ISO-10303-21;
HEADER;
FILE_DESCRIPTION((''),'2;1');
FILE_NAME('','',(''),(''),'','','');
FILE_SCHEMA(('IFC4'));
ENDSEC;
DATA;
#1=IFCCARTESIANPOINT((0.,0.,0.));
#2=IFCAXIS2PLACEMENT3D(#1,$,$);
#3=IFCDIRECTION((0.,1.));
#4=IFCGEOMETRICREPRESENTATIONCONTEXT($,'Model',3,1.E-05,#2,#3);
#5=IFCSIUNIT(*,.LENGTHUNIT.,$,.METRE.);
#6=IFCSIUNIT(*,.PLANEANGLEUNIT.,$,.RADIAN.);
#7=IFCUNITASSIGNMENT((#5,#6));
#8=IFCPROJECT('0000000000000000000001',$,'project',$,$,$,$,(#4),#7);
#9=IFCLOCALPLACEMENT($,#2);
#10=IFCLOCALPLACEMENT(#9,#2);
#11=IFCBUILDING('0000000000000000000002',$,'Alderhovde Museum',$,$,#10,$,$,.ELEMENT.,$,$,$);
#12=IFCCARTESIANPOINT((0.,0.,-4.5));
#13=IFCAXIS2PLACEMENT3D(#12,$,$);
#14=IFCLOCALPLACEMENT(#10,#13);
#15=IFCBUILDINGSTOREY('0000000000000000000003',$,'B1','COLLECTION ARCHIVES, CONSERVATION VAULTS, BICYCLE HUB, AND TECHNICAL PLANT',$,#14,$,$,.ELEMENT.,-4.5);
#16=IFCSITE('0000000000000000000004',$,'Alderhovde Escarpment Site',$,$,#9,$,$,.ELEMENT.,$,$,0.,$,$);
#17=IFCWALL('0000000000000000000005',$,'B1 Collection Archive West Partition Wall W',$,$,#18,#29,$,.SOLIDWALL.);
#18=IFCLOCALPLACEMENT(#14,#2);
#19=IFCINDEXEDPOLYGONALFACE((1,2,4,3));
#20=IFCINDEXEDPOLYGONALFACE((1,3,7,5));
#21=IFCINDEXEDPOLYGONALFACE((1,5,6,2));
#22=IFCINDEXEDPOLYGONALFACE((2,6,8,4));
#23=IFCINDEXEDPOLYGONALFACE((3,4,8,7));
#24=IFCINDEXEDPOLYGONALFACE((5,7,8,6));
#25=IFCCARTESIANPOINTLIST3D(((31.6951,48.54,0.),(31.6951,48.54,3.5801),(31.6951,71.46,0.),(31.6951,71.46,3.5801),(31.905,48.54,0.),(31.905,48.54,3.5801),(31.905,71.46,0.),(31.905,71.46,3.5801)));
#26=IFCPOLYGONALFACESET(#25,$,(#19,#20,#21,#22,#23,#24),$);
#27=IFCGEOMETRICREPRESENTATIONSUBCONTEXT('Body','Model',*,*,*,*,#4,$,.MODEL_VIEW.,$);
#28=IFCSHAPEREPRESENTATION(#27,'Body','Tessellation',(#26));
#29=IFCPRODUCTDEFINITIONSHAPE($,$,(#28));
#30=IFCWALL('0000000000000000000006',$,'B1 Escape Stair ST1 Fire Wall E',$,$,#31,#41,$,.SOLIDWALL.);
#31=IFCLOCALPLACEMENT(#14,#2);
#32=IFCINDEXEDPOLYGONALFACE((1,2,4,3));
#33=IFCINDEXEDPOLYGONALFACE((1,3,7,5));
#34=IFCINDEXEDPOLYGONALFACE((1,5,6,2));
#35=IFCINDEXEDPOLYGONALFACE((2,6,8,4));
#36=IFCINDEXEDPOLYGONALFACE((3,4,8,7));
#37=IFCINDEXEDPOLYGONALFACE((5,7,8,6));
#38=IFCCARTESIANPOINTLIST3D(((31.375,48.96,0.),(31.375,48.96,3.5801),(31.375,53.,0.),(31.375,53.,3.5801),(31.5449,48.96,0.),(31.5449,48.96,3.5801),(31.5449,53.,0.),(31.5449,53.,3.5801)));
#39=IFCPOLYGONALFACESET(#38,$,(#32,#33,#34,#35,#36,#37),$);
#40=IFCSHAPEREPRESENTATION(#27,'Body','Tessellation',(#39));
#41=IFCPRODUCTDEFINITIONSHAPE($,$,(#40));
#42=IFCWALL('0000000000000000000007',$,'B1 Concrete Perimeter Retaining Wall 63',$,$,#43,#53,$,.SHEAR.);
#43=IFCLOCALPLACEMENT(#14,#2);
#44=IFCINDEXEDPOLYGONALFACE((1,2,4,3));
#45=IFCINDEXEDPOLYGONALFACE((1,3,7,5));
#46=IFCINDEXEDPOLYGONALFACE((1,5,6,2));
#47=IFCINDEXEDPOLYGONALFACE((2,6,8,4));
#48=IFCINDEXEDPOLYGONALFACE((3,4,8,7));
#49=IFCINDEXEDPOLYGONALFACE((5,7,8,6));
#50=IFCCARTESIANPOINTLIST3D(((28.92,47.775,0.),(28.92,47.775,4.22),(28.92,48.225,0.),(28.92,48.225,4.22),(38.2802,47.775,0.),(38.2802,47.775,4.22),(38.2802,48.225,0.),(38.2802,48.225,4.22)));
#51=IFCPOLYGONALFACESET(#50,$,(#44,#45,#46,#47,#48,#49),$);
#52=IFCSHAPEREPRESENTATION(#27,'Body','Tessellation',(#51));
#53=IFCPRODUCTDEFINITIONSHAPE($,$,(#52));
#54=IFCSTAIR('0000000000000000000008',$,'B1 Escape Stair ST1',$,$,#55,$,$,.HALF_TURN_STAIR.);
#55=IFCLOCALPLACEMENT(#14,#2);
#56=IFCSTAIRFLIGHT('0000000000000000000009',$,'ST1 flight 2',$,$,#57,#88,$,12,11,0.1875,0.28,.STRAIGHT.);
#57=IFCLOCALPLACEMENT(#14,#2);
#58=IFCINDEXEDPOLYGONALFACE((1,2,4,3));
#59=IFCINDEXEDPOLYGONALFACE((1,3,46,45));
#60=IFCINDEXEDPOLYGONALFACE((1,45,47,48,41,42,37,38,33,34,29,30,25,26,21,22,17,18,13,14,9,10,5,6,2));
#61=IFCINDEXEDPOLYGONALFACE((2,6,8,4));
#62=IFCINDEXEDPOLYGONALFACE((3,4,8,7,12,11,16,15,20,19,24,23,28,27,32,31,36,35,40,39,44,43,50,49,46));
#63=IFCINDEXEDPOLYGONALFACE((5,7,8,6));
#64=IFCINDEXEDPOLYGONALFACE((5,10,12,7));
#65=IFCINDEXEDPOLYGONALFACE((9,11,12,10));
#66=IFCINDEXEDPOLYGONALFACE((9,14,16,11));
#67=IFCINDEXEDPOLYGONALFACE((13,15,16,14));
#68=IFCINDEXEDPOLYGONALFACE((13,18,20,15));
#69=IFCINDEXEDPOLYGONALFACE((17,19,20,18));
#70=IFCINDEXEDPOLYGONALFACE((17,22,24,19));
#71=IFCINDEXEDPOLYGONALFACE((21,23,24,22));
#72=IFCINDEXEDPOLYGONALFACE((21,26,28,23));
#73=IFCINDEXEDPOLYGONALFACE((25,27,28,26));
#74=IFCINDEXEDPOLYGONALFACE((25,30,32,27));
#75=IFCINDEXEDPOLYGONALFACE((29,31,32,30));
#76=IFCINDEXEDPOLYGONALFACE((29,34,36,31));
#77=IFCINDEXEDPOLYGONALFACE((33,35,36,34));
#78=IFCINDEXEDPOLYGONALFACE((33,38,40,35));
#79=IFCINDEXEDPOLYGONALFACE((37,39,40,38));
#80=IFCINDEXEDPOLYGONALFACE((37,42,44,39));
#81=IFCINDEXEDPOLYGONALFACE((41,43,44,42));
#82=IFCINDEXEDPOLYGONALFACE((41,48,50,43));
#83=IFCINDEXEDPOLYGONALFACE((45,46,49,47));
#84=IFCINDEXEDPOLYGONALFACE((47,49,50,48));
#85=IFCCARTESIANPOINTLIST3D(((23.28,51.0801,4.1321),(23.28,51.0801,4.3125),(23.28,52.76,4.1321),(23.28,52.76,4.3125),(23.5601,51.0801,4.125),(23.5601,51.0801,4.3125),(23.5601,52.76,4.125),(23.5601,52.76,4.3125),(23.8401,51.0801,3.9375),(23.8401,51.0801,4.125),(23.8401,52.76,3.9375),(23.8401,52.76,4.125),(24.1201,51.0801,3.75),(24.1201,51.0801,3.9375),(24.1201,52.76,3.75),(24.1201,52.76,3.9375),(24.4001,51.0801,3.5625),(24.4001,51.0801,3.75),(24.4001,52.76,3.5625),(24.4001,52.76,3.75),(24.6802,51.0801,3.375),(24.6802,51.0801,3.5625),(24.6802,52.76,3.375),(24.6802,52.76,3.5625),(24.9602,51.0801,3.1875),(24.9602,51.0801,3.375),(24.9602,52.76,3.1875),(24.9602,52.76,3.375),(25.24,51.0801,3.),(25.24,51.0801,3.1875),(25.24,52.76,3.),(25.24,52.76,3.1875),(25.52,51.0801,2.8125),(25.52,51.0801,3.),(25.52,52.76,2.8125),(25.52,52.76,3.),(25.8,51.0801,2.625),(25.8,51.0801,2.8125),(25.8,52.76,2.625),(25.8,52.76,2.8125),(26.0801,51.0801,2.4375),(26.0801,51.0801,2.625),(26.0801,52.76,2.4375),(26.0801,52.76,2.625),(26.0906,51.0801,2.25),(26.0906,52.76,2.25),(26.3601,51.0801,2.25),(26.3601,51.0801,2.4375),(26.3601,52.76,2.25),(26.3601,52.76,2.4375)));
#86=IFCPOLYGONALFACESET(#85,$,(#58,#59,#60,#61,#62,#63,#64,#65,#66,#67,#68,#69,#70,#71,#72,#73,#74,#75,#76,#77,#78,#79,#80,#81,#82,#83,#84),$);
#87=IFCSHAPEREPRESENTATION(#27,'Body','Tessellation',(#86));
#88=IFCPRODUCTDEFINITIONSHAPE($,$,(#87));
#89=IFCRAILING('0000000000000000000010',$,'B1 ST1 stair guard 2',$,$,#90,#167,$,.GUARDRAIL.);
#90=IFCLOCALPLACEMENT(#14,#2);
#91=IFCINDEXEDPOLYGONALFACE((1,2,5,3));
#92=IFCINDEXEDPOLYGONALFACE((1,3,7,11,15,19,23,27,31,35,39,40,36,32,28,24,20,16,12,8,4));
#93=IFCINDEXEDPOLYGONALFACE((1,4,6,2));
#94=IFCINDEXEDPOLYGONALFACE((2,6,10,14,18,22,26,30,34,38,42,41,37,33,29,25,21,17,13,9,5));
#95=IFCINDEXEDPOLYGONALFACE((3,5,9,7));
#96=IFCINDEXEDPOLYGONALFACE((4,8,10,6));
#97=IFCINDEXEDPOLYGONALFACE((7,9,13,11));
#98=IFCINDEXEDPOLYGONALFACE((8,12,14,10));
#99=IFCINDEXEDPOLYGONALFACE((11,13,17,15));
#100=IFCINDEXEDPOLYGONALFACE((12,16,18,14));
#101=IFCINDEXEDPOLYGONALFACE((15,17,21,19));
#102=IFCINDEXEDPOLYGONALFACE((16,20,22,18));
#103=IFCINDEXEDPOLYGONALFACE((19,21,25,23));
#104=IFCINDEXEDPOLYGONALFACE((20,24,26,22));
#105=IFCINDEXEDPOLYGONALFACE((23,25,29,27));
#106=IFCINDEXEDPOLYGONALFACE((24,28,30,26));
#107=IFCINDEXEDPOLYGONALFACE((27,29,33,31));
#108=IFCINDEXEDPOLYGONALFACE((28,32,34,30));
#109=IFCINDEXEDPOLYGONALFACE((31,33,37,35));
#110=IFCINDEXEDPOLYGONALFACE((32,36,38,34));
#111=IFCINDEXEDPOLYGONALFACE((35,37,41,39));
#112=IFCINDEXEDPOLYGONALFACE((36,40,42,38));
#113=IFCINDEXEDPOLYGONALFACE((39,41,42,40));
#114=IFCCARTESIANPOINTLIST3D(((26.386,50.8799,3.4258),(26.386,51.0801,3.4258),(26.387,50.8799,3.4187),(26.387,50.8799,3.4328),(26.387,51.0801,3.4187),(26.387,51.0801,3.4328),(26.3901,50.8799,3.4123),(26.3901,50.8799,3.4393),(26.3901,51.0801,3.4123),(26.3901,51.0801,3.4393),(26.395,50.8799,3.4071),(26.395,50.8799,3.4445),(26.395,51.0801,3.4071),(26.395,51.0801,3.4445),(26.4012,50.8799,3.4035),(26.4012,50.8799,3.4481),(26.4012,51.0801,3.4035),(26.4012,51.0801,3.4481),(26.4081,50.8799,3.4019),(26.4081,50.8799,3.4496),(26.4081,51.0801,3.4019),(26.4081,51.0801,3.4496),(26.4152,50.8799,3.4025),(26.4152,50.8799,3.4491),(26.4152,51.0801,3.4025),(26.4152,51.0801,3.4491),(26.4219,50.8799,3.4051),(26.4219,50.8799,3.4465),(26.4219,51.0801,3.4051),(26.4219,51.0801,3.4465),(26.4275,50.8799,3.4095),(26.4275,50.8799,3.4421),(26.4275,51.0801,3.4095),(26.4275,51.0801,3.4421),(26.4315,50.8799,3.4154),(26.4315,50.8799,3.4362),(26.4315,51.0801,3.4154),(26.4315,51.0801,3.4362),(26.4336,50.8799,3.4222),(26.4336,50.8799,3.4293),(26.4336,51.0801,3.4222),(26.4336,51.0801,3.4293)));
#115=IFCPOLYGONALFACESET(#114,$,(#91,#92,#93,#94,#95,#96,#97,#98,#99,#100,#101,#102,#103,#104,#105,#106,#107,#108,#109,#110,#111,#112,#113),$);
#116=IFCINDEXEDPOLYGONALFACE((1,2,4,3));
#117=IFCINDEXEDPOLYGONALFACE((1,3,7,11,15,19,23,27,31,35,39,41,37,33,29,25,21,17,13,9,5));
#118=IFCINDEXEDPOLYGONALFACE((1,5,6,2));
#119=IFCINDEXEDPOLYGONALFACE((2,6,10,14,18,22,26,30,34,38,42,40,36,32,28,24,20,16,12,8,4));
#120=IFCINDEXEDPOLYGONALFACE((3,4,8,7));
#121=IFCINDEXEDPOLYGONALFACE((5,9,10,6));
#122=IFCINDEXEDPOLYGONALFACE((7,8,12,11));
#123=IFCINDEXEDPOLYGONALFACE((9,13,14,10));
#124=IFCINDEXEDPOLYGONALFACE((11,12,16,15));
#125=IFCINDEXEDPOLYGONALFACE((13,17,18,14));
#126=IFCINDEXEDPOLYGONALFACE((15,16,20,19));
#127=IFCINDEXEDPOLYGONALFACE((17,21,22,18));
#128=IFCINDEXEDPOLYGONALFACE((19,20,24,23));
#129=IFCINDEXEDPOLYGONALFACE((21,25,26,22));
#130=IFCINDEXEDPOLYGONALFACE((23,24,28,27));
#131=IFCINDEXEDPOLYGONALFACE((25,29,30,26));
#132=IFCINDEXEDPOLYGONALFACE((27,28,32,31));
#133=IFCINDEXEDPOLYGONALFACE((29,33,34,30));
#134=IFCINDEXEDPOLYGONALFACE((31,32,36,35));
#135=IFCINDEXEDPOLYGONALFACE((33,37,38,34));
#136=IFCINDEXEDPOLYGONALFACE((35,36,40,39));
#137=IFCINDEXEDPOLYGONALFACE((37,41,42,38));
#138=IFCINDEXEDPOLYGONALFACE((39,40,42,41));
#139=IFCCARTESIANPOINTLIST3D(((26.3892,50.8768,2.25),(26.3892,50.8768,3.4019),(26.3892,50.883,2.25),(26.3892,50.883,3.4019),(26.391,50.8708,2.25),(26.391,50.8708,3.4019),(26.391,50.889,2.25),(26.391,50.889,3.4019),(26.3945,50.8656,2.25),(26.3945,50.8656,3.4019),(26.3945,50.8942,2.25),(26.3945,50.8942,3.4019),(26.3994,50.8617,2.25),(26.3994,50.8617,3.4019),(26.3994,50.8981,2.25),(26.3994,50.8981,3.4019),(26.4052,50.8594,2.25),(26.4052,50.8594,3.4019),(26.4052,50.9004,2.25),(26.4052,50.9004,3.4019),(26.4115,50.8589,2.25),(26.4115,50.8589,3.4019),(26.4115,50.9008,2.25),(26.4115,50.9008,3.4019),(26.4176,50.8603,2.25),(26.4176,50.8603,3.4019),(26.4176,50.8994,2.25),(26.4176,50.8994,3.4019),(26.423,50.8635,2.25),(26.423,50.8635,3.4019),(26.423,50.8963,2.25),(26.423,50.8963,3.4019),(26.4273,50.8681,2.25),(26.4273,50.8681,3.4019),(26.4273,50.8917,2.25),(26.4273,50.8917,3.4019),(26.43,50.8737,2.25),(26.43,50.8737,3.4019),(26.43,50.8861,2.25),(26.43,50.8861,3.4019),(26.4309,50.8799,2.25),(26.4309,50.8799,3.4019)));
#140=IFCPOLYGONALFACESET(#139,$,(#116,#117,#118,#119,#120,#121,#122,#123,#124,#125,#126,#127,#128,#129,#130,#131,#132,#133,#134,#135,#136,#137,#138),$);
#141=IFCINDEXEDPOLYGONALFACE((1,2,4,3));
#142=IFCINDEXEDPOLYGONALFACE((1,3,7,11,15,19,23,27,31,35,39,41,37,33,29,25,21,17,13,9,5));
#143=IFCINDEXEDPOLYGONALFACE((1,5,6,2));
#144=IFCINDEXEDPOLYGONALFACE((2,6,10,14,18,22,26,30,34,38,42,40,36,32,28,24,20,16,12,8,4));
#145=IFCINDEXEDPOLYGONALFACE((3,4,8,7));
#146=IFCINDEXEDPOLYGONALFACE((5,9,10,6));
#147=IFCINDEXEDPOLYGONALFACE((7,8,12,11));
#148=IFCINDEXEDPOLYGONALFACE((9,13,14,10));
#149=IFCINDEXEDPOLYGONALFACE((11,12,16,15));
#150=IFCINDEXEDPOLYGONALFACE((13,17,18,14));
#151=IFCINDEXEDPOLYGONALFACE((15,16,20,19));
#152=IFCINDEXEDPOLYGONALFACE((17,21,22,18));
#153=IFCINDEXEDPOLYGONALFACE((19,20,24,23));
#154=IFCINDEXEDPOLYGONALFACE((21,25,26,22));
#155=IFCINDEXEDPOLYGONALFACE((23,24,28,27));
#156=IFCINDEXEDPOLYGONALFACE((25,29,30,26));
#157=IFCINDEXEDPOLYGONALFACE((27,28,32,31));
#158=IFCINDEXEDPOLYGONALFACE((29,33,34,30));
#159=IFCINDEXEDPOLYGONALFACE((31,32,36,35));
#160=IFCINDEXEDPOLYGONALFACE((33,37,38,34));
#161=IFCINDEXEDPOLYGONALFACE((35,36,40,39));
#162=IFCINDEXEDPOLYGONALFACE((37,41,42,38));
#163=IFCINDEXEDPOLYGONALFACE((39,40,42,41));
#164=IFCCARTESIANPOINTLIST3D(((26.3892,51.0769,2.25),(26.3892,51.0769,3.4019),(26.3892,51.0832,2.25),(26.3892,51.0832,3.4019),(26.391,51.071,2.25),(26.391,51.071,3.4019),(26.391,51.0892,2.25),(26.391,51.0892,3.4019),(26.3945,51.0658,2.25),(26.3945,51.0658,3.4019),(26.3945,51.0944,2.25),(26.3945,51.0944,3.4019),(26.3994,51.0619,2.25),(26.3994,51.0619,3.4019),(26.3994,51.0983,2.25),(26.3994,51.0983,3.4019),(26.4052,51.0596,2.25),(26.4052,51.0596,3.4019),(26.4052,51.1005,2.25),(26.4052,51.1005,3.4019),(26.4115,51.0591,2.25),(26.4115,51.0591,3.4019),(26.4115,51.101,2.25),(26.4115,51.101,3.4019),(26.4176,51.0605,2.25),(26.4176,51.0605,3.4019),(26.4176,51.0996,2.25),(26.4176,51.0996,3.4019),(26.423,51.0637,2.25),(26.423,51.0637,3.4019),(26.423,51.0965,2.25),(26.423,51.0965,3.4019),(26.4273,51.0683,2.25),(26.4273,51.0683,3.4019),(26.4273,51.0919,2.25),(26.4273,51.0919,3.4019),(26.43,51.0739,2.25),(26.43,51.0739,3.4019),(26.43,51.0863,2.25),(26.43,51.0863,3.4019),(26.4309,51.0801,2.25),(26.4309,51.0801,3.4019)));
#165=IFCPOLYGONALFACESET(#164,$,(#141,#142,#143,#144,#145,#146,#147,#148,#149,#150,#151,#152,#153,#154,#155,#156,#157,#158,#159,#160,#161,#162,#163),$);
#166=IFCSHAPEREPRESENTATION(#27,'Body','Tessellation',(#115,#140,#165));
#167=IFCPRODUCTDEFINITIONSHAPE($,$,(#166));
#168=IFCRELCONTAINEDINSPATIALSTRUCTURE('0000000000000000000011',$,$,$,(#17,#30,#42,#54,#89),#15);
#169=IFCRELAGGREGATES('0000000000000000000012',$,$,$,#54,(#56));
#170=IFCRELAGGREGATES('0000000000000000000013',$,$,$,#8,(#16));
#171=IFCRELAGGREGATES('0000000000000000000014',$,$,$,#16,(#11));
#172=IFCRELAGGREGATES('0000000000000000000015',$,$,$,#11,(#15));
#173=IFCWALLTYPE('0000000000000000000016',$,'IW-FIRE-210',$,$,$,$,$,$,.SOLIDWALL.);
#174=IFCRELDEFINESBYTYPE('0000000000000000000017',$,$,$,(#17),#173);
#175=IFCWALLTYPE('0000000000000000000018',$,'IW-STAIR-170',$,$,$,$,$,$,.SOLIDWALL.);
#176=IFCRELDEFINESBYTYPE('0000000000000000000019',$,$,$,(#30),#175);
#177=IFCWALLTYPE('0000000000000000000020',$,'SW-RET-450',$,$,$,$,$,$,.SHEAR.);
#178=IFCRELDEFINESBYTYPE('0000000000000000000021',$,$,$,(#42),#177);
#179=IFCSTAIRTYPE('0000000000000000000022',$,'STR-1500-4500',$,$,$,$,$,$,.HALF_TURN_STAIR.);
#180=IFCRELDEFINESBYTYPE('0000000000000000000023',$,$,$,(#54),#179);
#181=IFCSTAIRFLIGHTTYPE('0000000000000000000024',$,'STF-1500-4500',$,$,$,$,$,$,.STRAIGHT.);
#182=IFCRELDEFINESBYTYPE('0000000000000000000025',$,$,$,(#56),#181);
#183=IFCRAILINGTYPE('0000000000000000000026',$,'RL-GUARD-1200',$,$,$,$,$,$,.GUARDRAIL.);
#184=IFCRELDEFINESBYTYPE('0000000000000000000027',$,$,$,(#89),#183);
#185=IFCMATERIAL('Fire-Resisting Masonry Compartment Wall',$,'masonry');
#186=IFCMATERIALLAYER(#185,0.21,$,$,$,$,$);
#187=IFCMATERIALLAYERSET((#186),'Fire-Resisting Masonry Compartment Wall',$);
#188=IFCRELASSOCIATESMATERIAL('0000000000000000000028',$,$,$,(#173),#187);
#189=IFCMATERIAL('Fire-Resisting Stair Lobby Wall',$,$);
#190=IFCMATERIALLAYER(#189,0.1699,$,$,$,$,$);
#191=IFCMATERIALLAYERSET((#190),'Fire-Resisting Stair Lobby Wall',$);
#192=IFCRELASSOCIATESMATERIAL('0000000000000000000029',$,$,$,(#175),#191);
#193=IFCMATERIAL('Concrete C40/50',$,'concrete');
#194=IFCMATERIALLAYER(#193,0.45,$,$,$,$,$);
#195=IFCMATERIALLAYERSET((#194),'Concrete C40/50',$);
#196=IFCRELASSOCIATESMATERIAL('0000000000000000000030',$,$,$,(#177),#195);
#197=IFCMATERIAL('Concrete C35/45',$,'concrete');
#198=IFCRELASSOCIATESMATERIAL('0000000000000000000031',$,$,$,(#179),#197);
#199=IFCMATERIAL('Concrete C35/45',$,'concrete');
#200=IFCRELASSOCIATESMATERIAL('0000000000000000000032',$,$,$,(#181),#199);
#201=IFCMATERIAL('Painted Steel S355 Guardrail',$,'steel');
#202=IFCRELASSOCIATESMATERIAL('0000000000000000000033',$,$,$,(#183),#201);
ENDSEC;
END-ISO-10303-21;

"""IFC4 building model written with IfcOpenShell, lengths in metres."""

from ifc_helpers import new_model, si_unit, direction, frame, frame_2d, origin, origin_2d, place, context, subcontext, project, spatial, polyline, rectangle, circle, outline, extrude, material, layer, layer_set, type_object, element, aggregate, save


model = new_model("IFC4")

# Units and contexts
model_context = context("Model", 3, precision=1e-05, world=origin(), true_north=direction((0.0, 1.0)))
body_context = subcontext(model_context, "Body", "Model", "MODEL_VIEW")
ifc_project = project(units=[si_unit("LENGTHUNIT", "METRE"), si_unit("PLANEANGLEUNIT", "RADIAN")], contexts=[model_context])

# Site, building, storey
site_placement = place(None, origin())
site = spatial("IfcSite", under=ifc_project, at=site_placement, Name="Alderhovde Escarpment Site", CompositionType="ELEMENT", RefElevation=0.0)
building_placement = place(site_placement, origin())
building = spatial("IfcBuilding", under=site, at=building_placement, Name="Alderhovde Museum", CompositionType="ELEMENT")
storey_placement = place(building_placement, frame((0.0, 0.0, -4.5)))
storey = spatial("IfcBuildingStorey", under=building, at=storey_placement, Name="B1", Description="COLLECTION ARCHIVES, CONSERVATION VAULTS, BICYCLE HUB, AND TECHNICAL PLANT", CompositionType="ELEMENT", Elevation=-4.5)

# Walls
ifc_material_1 = material(Name="Fire-Resisting Masonry Compartment Wall", Category="masonry")
ifc_layer_1 = layer(ifc_material_1, 0.21)
ifc_layer_set_1 = layer_set([ifc_layer_1], Name="Fire-Resisting Masonry Compartment Wall")
wall_type_1 = type_object("IfcWallType", Name="IW-FIRE-210", PredefinedType="SOLIDWALL", material=ifc_layer_set_1)
wall_1_placement = place(storey_placement, frame((31.8, 48.54, 0.0), z_axis=(0.0, 0.0, 1.0), x_axis=(0.0, 1.0, 0.0)))
element("IfcWall", 1, at=wall_1_placement, inside=storey, type_object=wall_type_1, Name="B1 Collection Archive West Partition Wall W", PredefinedType="SOLIDWALL", context=body_context, shape_type="SweptSolid", body=[
    extrude(rectangle(XDim=22.9199, YDim=0.21, at=frame_2d((11.46, 0.0))), origin(), (0.0, 0.0, 1.0), 3.5801),
])
ifc_material_2 = material(Name="Fire-Resisting Stair Lobby Wall")
ifc_layer_2 = layer(ifc_material_2, 0.1699)
ifc_layer_set_2 = layer_set([ifc_layer_2], Name="Fire-Resisting Stair Lobby Wall")
wall_type_2 = type_object("IfcWallType", Name="IW-STAIR-170", PredefinedType="SOLIDWALL", material=ifc_layer_set_2)
wall_2_placement = place(storey_placement, frame((31.46, 48.96, 0.0), z_axis=(0.0, 0.0, 1.0), x_axis=(0.0, 1.0, 0.0)))
element("IfcWall", 2, at=wall_2_placement, inside=storey, type_object=wall_type_2, Name="B1 Escape Stair ST1 Fire Wall E", PredefinedType="SOLIDWALL", context=body_context, shape_type="SweptSolid", body=[
    extrude(rectangle(XDim=4.04, YDim=0.1699, at=frame_2d((2.02, 0.0))), origin(), (0.0, 0.0, 1.0), 3.5801),
])
ifc_material_3 = material(Name="Concrete C40/50", Category="concrete")
ifc_layer_3 = layer(ifc_material_3, 0.45)
ifc_layer_set_3 = layer_set([ifc_layer_3], Name="Concrete C40/50")
wall_type_3 = type_object("IfcWallType", Name="SW-RET-450", PredefinedType="SHEAR", material=ifc_layer_set_3)
wall_3_placement = place(storey_placement, frame((28.9199, 48.0, 0.0), z_axis=(0.0, 0.0, 1.0), x_axis=(1.0, 0.0, 0.0)))
element("IfcWall", 3, at=wall_3_placement, inside=storey, type_object=wall_type_3, Name="B1 Concrete Perimeter Retaining Wall 63", PredefinedType="SHEAR", context=body_context, shape_type="SweptSolid", body=[
    extrude(rectangle(XDim=9.3601, YDim=0.45, at=frame_2d((4.6802, 0.0))), origin(), (0.0, 0.0, 1.0), 4.22),
])

# Stair, stair flight
ifc_material_4 = material(Name="Concrete C35/45", Category="concrete")
stair_type = type_object("IfcStairType", Name="STR-1500-4500", PredefinedType="HALF_TURN_STAIR", material=ifc_material_4)
stair_placement = place(storey_placement, origin())
stair = element("IfcStair", 4, at=stair_placement, inside=storey, type_object=stair_type, Name="B1 Escape Stair ST1", PredefinedType="HALF_TURN_STAIR")
ifc_material_5 = material(Name="Concrete C35/45", Category="concrete")
stair_flight_type = type_object("IfcStairFlightType", Name="STF-1500-4500", PredefinedType="STRAIGHT", material=ifc_material_5)
stair_flight_placement = place(storey_placement, frame((26.3601, 51.9199, 2.25), z_axis=(0.0, 0.0, 1.0), x_axis=(-1.0, 0.0, 0.0)))
stair_flight = element("IfcStairFlight", 5, at=stair_flight_placement, type_object=stair_flight_type, Name="ST1 flight 2", NumberOfRisers=12, NumberOfTreads=11, PredefinedType="STRAIGHT", RiserHeight=0.1875, TreadLength=0.28, context=body_context, shape_type="SweptSolid", body=[
    extrude(outline(polyline([(0.0, 0.0), (0.0, 0.1875), (0.28, 0.1875), (0.28, 0.375), (0.5601, 0.375), (0.5601, 0.5625), (0.8401, 0.5625), (0.8401, 0.75), (1.1201, 0.75), (1.1201, 0.9375), (1.3999, 0.9375), (1.3999, 1.125), (1.6799, 1.125), (1.6799, 1.3125), (1.96, 1.3125), (1.96, 1.5), (2.24, 1.5), (2.24, 1.6875), (2.52, 1.6875), (2.52, 1.875), (2.8, 1.875), (2.8, 2.0625), (3.0801, 2.0625), (3.0801, 2.25), (3.0801, 1.8821), (0.2695, 0.0), (0.0, 0.0)])), frame((0.0, 0.8398, 0.0), z_axis=(0.0, -1.0, 0.0), x_axis=(1.0, 0.0, 0.0)), (0.0, 0.0, 1.0), 1.6799),
])
aggregate(stair, [stair_flight])

# Railing
ifc_material_6 = material(Name="Painted Steel S355 Guardrail", Category="steel")
railing_type_1 = type_object("IfcRailingType", Name="RL-GUARD-1200", PredefinedType="GUARDRAIL", material=ifc_material_6)
railing_1_placement = place(storey_placement, frame((26.4099, 50.8799, 2.25)))
element("IfcRailing", 6, at=railing_1_placement, inside=storey, type_object=railing_type_1, Name="B1 ST1 stair guard 2", PredefinedType="GUARDRAIL", context=body_context, shape_type="SweptSolid", body=[
    extrude(circle(Radius=0.0239, at=origin_2d()), frame((0.0, 0.0, 1.1758), z_axis=(0.0, 1.0, 0.0), x_axis=(-1.0, 0.0, 0.0)), (0.0, 0.0, 1.0), 0.2002),
    extrude(circle(Radius=0.021, at=origin_2d()), origin(), (0.0, 0.0, 1.0), 1.1519),
    extrude(circle(Radius=0.021, at=origin_2d()), frame((0.0, 0.2002, 0.0)), (0.0, 0.0, 1.0), 1.1519),
])

save(model, "model.ifc")
